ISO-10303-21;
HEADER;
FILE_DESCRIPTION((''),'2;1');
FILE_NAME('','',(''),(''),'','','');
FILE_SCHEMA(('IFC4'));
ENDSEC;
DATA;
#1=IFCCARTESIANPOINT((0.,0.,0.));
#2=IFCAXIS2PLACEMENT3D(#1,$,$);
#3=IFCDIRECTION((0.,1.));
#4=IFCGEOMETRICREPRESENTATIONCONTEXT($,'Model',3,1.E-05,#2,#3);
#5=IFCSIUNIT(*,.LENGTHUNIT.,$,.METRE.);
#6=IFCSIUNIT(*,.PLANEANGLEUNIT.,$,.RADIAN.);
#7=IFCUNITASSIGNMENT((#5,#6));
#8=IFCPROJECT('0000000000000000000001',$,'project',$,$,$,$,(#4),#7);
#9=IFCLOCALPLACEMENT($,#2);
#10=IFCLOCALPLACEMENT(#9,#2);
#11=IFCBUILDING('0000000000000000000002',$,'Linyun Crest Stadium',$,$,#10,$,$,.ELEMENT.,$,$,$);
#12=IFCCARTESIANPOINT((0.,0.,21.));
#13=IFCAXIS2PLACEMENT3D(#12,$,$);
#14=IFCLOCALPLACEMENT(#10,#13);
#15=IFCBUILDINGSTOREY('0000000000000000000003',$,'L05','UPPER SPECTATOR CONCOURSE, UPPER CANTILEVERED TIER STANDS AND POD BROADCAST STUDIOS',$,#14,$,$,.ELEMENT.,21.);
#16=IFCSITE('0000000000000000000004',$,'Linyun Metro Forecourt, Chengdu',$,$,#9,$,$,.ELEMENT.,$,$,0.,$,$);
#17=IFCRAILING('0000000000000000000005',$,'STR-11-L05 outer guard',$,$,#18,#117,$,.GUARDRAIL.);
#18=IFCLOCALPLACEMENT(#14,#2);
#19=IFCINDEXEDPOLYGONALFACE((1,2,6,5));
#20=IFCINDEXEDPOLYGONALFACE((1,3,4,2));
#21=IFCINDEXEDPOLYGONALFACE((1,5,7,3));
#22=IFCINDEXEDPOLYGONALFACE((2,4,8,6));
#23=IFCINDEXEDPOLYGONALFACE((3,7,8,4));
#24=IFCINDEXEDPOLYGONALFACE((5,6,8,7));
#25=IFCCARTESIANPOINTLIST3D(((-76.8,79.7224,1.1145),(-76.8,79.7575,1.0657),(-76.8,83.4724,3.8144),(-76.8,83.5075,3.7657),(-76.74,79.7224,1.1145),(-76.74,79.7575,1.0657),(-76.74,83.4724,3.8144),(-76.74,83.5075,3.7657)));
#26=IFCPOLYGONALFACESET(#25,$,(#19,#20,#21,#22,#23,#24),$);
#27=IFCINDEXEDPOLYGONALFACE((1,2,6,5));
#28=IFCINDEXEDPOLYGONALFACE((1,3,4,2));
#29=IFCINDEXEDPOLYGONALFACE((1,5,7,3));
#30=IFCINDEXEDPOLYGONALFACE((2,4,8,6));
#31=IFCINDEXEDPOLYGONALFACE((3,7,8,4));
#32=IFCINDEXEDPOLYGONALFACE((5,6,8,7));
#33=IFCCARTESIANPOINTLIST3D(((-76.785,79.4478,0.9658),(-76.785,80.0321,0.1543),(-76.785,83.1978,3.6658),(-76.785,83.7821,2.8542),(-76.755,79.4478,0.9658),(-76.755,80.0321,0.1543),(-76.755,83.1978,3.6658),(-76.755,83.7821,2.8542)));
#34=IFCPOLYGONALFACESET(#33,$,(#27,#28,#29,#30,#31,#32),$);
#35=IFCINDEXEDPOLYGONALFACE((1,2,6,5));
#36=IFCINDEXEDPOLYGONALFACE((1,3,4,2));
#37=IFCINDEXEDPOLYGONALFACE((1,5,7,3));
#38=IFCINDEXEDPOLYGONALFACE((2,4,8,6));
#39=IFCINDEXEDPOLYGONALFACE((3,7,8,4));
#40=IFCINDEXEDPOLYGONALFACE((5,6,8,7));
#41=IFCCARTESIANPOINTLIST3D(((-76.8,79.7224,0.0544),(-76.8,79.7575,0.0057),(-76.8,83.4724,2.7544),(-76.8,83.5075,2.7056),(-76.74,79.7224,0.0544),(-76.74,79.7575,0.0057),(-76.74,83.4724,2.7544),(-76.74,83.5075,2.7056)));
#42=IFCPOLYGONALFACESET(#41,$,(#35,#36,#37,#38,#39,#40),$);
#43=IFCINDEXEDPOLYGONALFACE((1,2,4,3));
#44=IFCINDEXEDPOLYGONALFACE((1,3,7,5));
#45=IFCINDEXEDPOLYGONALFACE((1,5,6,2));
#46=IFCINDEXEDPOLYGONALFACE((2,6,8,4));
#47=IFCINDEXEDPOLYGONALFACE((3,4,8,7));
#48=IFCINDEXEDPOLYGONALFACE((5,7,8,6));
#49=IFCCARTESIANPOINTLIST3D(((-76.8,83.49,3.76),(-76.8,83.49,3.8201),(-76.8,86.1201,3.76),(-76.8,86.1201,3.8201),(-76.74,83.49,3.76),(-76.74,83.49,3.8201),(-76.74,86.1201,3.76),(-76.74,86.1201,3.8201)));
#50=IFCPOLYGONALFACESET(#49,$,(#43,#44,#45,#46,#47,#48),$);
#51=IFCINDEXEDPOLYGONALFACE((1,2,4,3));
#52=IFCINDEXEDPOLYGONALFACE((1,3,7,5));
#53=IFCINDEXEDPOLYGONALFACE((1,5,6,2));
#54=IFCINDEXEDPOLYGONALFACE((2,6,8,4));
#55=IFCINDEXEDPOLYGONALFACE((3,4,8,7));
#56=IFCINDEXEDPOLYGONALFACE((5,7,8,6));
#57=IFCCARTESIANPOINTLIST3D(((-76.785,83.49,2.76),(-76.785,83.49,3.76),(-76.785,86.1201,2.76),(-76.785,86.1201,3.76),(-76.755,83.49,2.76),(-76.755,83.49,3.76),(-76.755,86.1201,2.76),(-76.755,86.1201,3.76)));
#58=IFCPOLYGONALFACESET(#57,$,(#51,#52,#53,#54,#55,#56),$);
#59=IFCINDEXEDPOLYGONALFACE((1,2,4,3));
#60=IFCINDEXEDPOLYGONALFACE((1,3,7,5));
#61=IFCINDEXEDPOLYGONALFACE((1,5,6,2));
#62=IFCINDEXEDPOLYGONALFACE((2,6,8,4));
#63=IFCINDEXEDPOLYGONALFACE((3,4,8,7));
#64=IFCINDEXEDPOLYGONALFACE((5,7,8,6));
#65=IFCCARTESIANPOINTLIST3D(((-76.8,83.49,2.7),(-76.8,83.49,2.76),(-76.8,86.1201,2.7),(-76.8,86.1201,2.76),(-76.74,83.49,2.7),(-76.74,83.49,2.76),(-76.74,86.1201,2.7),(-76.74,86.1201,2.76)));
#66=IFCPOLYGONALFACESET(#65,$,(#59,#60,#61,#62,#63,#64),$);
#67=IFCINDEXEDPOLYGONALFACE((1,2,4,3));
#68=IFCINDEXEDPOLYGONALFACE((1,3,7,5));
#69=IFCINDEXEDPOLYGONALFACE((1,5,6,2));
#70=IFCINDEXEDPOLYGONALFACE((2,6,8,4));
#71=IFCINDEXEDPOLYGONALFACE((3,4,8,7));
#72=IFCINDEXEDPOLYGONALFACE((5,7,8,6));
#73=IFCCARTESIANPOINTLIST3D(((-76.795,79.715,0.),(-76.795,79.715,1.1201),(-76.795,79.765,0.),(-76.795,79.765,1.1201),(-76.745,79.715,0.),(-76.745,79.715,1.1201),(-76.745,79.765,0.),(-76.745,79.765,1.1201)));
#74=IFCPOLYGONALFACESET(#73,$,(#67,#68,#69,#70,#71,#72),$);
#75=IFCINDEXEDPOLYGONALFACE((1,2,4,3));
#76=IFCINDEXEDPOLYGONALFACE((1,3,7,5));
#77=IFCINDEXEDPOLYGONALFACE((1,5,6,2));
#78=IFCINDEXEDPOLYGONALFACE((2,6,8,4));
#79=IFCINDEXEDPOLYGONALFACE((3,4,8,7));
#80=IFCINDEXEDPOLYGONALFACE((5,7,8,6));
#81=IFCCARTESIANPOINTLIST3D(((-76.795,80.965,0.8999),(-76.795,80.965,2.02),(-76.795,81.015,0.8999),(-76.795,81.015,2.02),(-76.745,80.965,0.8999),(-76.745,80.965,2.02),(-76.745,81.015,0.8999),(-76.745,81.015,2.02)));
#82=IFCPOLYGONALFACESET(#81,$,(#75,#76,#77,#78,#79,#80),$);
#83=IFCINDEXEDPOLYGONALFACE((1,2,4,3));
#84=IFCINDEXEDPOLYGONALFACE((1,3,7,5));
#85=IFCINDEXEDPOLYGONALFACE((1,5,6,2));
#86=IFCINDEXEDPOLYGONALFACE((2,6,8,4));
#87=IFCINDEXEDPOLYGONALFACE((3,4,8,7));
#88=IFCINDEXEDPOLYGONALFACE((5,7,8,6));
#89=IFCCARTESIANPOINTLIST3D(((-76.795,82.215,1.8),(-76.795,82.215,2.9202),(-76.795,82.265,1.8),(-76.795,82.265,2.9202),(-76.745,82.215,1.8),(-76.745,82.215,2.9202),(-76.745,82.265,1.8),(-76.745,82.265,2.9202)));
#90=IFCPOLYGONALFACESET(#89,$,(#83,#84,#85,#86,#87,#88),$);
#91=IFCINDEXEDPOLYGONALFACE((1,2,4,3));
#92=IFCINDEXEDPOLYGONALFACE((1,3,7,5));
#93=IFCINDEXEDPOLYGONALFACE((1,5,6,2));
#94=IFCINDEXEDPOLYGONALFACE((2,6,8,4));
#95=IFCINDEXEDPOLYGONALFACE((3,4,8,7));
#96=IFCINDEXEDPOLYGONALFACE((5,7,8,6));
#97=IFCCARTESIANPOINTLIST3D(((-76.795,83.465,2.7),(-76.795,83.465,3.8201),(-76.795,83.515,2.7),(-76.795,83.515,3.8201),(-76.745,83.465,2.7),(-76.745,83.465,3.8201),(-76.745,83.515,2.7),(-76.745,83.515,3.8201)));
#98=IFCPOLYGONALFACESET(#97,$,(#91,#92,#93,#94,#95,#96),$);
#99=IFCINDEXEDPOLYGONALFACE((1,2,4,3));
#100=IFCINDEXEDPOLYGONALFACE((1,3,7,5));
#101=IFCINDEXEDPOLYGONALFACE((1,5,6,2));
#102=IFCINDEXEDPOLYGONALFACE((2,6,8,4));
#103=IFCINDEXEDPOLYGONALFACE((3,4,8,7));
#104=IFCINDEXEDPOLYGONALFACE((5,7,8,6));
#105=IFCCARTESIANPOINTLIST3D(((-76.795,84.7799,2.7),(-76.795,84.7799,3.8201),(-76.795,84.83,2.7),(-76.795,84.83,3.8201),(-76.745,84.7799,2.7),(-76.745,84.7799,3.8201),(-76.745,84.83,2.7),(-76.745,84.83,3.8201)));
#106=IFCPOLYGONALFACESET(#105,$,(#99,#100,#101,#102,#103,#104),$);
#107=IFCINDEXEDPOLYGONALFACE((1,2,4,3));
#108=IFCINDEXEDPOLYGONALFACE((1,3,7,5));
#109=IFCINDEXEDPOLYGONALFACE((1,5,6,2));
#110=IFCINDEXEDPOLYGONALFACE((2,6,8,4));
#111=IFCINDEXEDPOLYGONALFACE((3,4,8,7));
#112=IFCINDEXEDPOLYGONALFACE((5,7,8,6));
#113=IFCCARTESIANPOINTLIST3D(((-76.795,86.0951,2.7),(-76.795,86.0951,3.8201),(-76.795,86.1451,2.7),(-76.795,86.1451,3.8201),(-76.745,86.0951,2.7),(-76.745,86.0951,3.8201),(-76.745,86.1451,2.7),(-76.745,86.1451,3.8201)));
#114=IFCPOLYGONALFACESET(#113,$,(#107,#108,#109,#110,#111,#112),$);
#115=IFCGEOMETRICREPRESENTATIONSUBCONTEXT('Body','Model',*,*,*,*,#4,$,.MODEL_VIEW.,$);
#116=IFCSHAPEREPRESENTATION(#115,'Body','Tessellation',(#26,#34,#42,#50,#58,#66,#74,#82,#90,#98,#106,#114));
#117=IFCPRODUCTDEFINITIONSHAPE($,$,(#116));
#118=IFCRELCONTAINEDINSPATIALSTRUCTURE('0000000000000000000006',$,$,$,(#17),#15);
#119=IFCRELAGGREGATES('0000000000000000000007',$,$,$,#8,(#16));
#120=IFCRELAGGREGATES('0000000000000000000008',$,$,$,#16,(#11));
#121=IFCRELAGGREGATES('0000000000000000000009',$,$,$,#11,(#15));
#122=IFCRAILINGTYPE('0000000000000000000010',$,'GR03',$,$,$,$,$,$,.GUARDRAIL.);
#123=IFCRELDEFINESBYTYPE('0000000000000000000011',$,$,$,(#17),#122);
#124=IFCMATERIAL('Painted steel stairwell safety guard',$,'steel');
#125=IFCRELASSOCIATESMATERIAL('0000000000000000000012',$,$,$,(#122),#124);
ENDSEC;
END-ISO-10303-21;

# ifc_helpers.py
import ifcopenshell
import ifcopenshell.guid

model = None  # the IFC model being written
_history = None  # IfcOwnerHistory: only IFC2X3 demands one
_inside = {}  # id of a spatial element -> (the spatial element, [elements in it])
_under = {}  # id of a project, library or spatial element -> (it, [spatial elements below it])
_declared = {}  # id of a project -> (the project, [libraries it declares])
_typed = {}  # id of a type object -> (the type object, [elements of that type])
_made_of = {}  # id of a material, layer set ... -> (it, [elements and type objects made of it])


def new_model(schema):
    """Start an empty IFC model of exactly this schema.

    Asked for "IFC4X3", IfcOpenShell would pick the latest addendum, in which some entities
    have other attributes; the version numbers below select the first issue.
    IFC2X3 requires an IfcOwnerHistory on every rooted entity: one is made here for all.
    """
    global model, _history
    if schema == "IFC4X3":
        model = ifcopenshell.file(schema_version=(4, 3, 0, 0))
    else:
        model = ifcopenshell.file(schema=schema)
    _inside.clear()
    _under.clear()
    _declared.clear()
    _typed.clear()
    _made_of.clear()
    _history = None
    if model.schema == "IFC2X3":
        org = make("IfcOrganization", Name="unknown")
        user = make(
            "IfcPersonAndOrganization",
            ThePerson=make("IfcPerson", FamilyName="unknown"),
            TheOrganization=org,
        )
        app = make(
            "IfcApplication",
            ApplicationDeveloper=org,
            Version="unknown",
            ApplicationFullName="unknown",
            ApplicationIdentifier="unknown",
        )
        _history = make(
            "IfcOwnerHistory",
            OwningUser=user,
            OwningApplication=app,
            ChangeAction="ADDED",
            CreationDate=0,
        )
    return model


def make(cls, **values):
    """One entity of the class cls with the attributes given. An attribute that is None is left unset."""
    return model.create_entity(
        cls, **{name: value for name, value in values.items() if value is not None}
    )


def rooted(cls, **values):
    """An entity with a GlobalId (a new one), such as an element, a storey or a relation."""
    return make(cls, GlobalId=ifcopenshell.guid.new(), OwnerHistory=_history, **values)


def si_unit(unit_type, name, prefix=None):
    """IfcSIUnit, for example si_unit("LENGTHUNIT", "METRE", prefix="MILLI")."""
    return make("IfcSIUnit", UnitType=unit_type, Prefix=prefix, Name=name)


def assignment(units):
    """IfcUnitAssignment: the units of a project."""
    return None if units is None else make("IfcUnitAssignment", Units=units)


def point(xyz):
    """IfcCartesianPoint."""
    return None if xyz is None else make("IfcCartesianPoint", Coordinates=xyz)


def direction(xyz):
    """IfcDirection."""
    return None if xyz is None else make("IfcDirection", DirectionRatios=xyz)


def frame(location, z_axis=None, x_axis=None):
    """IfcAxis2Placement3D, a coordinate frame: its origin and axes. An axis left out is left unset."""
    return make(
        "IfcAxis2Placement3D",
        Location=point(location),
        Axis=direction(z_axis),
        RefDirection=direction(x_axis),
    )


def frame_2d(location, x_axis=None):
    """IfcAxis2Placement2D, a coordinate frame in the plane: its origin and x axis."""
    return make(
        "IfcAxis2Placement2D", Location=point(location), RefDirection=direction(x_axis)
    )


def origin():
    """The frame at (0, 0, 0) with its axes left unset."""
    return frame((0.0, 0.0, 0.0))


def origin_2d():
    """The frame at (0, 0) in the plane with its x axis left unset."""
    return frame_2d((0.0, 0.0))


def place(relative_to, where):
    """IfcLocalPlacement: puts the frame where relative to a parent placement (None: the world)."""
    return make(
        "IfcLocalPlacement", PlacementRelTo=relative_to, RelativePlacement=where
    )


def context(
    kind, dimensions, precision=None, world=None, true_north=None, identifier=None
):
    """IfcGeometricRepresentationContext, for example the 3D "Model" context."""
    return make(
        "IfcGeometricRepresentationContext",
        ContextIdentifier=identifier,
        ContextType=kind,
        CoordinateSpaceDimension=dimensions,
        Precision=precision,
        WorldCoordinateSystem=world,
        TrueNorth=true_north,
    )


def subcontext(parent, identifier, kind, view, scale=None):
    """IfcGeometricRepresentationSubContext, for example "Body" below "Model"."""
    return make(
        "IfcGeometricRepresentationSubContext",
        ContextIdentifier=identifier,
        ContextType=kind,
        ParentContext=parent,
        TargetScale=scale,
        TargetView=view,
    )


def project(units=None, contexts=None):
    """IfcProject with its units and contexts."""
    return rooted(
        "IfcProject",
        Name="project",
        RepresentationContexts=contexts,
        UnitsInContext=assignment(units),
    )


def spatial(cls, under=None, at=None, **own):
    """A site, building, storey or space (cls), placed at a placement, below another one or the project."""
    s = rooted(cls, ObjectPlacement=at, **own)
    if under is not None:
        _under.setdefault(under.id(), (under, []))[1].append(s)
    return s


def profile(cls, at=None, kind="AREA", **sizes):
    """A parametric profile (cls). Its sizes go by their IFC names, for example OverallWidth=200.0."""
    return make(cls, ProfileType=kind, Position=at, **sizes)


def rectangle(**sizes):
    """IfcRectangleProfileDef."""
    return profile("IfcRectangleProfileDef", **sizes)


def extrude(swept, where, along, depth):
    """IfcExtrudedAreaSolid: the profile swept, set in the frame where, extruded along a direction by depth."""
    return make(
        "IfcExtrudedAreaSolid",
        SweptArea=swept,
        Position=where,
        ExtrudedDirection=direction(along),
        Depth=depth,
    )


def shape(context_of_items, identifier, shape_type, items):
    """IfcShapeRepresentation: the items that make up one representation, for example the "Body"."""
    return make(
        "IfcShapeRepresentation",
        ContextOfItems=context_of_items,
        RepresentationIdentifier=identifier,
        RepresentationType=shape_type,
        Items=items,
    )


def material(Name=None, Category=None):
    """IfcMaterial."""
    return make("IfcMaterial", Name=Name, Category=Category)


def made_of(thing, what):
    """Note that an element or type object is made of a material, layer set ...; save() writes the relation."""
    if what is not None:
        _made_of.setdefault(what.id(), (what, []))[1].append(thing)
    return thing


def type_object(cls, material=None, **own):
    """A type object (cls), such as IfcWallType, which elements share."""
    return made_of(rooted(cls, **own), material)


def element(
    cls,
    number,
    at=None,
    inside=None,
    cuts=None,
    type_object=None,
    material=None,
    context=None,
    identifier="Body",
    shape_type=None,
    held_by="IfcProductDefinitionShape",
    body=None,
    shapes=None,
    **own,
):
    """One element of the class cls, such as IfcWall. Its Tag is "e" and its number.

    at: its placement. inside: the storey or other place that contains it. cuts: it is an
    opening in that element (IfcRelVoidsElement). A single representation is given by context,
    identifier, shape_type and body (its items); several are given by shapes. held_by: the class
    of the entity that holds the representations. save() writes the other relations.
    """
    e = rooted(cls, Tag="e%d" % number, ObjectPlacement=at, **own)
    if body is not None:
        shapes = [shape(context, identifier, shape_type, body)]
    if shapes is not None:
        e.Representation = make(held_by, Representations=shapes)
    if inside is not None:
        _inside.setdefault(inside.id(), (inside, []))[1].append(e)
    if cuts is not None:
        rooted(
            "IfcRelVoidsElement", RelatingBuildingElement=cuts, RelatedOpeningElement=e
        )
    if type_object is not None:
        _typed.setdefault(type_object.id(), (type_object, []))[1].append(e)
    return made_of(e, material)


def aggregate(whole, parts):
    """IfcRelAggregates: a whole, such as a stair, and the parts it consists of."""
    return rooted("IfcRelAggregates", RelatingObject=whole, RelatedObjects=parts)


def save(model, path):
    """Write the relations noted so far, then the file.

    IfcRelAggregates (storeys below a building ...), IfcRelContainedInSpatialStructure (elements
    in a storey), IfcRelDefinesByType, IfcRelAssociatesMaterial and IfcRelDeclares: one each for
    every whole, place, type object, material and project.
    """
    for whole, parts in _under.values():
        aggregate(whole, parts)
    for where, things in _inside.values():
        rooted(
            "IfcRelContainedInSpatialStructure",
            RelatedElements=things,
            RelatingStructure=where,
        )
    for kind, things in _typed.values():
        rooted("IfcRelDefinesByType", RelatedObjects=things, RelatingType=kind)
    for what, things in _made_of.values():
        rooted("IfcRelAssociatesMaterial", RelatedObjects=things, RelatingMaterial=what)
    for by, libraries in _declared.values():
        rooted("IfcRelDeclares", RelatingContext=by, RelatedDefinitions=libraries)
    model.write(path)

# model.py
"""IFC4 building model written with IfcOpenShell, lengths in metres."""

from ifc_helpers import new_model, si_unit, direction, frame, origin, origin_2d, place, context, subcontext, project, spatial, rectangle, extrude, material, type_object, element, save


model = new_model("IFC4")

# Units and contexts
model_context = context("Model", 3, precision=1e-05, world=origin(), true_north=direction((0.0, 1.0)))
body_context = subcontext(model_context, "Body", "Model", "MODEL_VIEW")
ifc_project = project(units=[si_unit("LENGTHUNIT", "METRE"), si_unit("PLANEANGLEUNIT", "RADIAN")], contexts=[model_context])

# Site, building, storey
site_placement = place(None, origin())
site = spatial("IfcSite", under=ifc_project, at=site_placement, Name="Linyun Metro Forecourt, Chengdu", CompositionType="ELEMENT", RefElevation=0.0)
building_placement = place(site_placement, origin())
building = spatial("IfcBuilding", under=site, at=building_placement, Name="Linyun Crest Stadium", CompositionType="ELEMENT")
storey_placement = place(building_placement, frame((0.0, 0.0, 21.0)))
storey = spatial("IfcBuildingStorey", under=building, at=storey_placement, Name="L05", Description="UPPER SPECTATOR CONCOURSE, UPPER CANTILEVERED TIER STANDS AND POD BROADCAST STUDIOS", CompositionType="ELEMENT", Elevation=21.0)

# Railing
ifc_material_1 = material(Name="Painted steel stairwell safety guard", Category="steel")
railing_type_1 = type_object("IfcRailingType", Name="GR03", PredefinedType="GUARDRAIL", material=ifc_material_1)
railing_1_placement = place(storey_placement, frame((-76.77, 79.74, 0.0)))
element("IfcRailing", 1, at=railing_1_placement, inside=storey, type_object=railing_type_1, Name="STR-11-L05 outer guard", PredefinedType="GUARDRAIL", context=body_context, shape_type="SweptSolid", body=[
    extrude(rectangle(XDim=0.0601, YDim=0.0601, at=origin_2d()), frame((0.0, 0.0, 1.0901), z_axis=(0.0, 0.811539, 0.584298), x_axis=(-1.0, 0.0, 0.0)), (0.0, 0.0, 1.0), 4.6208),
    extrude(rectangle(XDim=0.03, YDim=1.0, at=origin_2d()), frame((0.0, 0.0, 0.5601), z_axis=(0.0, 0.811539, 0.584298), x_axis=(-1.0, 0.0, 0.0)), (0.0, 0.0, 1.0), 4.6208),
    extrude(rectangle(XDim=0.0601, YDim=0.0601, at=origin_2d()), frame((0.0, 0.0, 0.03), z_axis=(0.0, 0.811539, 0.584298), x_axis=(-1.0, 0.0, 0.0)), (0.0, 0.0, 1.0), 4.6208),
    extrude(rectangle(XDim=0.0601, YDim=0.0601, at=origin_2d()), frame((0.0, 3.75, 3.79), z_axis=(0.0, 1.0, 0.0), x_axis=(-1.0, 0.0, 0.0)), (0.0, 0.0, 1.0), 2.6301),
    extrude(rectangle(XDim=0.03, YDim=1.0, at=origin_2d()), frame((0.0, 3.75, 3.26), z_axis=(0.0, 1.0, 0.0), x_axis=(-1.0, 0.0, 0.0)), (0.0, 0.0, 1.0), 2.6301),
    extrude(rectangle(XDim=0.0601, YDim=0.0601, at=origin_2d()), frame((0.0, 3.75, 2.73), z_axis=(0.0, 1.0, 0.0), x_axis=(-1.0, 0.0, 0.0)), (0.0, 0.0, 1.0), 2.6301),
    extrude(rectangle(XDim=0.05, YDim=0.05, at=origin_2d()), origin(), (0.0, 0.0, 1.0), 1.1201),
    extrude(rectangle(XDim=0.05, YDim=0.05, at=origin_2d()), frame((0.0, 1.25, 0.8999)), (0.0, 0.0, 1.0), 1.1201),
    extrude(rectangle(XDim=0.05, YDim=0.05, at=origin_2d()), frame((0.0, 2.5, 1.8)), (0.0, 0.0, 1.0), 1.1201),
    extrude(rectangle(XDim=0.05, YDim=0.05, at=origin_2d()), frame((0.0, 3.75, 2.7)), (0.0, 0.0, 1.0), 1.1201),
    extrude(rectangle(XDim=0.05, YDim=0.05, at=origin_2d()), frame((0.0, 5.0649, 2.7)), (0.0, 0.0, 1.0), 1.1201),
    extrude(rectangle(XDim=0.05, YDim=0.05, at=origin_2d()), frame((0.0, 6.3801, 2.7)), (0.0, 0.0, 1.0), 1.1201),
])

save(model, "model.ifc")
